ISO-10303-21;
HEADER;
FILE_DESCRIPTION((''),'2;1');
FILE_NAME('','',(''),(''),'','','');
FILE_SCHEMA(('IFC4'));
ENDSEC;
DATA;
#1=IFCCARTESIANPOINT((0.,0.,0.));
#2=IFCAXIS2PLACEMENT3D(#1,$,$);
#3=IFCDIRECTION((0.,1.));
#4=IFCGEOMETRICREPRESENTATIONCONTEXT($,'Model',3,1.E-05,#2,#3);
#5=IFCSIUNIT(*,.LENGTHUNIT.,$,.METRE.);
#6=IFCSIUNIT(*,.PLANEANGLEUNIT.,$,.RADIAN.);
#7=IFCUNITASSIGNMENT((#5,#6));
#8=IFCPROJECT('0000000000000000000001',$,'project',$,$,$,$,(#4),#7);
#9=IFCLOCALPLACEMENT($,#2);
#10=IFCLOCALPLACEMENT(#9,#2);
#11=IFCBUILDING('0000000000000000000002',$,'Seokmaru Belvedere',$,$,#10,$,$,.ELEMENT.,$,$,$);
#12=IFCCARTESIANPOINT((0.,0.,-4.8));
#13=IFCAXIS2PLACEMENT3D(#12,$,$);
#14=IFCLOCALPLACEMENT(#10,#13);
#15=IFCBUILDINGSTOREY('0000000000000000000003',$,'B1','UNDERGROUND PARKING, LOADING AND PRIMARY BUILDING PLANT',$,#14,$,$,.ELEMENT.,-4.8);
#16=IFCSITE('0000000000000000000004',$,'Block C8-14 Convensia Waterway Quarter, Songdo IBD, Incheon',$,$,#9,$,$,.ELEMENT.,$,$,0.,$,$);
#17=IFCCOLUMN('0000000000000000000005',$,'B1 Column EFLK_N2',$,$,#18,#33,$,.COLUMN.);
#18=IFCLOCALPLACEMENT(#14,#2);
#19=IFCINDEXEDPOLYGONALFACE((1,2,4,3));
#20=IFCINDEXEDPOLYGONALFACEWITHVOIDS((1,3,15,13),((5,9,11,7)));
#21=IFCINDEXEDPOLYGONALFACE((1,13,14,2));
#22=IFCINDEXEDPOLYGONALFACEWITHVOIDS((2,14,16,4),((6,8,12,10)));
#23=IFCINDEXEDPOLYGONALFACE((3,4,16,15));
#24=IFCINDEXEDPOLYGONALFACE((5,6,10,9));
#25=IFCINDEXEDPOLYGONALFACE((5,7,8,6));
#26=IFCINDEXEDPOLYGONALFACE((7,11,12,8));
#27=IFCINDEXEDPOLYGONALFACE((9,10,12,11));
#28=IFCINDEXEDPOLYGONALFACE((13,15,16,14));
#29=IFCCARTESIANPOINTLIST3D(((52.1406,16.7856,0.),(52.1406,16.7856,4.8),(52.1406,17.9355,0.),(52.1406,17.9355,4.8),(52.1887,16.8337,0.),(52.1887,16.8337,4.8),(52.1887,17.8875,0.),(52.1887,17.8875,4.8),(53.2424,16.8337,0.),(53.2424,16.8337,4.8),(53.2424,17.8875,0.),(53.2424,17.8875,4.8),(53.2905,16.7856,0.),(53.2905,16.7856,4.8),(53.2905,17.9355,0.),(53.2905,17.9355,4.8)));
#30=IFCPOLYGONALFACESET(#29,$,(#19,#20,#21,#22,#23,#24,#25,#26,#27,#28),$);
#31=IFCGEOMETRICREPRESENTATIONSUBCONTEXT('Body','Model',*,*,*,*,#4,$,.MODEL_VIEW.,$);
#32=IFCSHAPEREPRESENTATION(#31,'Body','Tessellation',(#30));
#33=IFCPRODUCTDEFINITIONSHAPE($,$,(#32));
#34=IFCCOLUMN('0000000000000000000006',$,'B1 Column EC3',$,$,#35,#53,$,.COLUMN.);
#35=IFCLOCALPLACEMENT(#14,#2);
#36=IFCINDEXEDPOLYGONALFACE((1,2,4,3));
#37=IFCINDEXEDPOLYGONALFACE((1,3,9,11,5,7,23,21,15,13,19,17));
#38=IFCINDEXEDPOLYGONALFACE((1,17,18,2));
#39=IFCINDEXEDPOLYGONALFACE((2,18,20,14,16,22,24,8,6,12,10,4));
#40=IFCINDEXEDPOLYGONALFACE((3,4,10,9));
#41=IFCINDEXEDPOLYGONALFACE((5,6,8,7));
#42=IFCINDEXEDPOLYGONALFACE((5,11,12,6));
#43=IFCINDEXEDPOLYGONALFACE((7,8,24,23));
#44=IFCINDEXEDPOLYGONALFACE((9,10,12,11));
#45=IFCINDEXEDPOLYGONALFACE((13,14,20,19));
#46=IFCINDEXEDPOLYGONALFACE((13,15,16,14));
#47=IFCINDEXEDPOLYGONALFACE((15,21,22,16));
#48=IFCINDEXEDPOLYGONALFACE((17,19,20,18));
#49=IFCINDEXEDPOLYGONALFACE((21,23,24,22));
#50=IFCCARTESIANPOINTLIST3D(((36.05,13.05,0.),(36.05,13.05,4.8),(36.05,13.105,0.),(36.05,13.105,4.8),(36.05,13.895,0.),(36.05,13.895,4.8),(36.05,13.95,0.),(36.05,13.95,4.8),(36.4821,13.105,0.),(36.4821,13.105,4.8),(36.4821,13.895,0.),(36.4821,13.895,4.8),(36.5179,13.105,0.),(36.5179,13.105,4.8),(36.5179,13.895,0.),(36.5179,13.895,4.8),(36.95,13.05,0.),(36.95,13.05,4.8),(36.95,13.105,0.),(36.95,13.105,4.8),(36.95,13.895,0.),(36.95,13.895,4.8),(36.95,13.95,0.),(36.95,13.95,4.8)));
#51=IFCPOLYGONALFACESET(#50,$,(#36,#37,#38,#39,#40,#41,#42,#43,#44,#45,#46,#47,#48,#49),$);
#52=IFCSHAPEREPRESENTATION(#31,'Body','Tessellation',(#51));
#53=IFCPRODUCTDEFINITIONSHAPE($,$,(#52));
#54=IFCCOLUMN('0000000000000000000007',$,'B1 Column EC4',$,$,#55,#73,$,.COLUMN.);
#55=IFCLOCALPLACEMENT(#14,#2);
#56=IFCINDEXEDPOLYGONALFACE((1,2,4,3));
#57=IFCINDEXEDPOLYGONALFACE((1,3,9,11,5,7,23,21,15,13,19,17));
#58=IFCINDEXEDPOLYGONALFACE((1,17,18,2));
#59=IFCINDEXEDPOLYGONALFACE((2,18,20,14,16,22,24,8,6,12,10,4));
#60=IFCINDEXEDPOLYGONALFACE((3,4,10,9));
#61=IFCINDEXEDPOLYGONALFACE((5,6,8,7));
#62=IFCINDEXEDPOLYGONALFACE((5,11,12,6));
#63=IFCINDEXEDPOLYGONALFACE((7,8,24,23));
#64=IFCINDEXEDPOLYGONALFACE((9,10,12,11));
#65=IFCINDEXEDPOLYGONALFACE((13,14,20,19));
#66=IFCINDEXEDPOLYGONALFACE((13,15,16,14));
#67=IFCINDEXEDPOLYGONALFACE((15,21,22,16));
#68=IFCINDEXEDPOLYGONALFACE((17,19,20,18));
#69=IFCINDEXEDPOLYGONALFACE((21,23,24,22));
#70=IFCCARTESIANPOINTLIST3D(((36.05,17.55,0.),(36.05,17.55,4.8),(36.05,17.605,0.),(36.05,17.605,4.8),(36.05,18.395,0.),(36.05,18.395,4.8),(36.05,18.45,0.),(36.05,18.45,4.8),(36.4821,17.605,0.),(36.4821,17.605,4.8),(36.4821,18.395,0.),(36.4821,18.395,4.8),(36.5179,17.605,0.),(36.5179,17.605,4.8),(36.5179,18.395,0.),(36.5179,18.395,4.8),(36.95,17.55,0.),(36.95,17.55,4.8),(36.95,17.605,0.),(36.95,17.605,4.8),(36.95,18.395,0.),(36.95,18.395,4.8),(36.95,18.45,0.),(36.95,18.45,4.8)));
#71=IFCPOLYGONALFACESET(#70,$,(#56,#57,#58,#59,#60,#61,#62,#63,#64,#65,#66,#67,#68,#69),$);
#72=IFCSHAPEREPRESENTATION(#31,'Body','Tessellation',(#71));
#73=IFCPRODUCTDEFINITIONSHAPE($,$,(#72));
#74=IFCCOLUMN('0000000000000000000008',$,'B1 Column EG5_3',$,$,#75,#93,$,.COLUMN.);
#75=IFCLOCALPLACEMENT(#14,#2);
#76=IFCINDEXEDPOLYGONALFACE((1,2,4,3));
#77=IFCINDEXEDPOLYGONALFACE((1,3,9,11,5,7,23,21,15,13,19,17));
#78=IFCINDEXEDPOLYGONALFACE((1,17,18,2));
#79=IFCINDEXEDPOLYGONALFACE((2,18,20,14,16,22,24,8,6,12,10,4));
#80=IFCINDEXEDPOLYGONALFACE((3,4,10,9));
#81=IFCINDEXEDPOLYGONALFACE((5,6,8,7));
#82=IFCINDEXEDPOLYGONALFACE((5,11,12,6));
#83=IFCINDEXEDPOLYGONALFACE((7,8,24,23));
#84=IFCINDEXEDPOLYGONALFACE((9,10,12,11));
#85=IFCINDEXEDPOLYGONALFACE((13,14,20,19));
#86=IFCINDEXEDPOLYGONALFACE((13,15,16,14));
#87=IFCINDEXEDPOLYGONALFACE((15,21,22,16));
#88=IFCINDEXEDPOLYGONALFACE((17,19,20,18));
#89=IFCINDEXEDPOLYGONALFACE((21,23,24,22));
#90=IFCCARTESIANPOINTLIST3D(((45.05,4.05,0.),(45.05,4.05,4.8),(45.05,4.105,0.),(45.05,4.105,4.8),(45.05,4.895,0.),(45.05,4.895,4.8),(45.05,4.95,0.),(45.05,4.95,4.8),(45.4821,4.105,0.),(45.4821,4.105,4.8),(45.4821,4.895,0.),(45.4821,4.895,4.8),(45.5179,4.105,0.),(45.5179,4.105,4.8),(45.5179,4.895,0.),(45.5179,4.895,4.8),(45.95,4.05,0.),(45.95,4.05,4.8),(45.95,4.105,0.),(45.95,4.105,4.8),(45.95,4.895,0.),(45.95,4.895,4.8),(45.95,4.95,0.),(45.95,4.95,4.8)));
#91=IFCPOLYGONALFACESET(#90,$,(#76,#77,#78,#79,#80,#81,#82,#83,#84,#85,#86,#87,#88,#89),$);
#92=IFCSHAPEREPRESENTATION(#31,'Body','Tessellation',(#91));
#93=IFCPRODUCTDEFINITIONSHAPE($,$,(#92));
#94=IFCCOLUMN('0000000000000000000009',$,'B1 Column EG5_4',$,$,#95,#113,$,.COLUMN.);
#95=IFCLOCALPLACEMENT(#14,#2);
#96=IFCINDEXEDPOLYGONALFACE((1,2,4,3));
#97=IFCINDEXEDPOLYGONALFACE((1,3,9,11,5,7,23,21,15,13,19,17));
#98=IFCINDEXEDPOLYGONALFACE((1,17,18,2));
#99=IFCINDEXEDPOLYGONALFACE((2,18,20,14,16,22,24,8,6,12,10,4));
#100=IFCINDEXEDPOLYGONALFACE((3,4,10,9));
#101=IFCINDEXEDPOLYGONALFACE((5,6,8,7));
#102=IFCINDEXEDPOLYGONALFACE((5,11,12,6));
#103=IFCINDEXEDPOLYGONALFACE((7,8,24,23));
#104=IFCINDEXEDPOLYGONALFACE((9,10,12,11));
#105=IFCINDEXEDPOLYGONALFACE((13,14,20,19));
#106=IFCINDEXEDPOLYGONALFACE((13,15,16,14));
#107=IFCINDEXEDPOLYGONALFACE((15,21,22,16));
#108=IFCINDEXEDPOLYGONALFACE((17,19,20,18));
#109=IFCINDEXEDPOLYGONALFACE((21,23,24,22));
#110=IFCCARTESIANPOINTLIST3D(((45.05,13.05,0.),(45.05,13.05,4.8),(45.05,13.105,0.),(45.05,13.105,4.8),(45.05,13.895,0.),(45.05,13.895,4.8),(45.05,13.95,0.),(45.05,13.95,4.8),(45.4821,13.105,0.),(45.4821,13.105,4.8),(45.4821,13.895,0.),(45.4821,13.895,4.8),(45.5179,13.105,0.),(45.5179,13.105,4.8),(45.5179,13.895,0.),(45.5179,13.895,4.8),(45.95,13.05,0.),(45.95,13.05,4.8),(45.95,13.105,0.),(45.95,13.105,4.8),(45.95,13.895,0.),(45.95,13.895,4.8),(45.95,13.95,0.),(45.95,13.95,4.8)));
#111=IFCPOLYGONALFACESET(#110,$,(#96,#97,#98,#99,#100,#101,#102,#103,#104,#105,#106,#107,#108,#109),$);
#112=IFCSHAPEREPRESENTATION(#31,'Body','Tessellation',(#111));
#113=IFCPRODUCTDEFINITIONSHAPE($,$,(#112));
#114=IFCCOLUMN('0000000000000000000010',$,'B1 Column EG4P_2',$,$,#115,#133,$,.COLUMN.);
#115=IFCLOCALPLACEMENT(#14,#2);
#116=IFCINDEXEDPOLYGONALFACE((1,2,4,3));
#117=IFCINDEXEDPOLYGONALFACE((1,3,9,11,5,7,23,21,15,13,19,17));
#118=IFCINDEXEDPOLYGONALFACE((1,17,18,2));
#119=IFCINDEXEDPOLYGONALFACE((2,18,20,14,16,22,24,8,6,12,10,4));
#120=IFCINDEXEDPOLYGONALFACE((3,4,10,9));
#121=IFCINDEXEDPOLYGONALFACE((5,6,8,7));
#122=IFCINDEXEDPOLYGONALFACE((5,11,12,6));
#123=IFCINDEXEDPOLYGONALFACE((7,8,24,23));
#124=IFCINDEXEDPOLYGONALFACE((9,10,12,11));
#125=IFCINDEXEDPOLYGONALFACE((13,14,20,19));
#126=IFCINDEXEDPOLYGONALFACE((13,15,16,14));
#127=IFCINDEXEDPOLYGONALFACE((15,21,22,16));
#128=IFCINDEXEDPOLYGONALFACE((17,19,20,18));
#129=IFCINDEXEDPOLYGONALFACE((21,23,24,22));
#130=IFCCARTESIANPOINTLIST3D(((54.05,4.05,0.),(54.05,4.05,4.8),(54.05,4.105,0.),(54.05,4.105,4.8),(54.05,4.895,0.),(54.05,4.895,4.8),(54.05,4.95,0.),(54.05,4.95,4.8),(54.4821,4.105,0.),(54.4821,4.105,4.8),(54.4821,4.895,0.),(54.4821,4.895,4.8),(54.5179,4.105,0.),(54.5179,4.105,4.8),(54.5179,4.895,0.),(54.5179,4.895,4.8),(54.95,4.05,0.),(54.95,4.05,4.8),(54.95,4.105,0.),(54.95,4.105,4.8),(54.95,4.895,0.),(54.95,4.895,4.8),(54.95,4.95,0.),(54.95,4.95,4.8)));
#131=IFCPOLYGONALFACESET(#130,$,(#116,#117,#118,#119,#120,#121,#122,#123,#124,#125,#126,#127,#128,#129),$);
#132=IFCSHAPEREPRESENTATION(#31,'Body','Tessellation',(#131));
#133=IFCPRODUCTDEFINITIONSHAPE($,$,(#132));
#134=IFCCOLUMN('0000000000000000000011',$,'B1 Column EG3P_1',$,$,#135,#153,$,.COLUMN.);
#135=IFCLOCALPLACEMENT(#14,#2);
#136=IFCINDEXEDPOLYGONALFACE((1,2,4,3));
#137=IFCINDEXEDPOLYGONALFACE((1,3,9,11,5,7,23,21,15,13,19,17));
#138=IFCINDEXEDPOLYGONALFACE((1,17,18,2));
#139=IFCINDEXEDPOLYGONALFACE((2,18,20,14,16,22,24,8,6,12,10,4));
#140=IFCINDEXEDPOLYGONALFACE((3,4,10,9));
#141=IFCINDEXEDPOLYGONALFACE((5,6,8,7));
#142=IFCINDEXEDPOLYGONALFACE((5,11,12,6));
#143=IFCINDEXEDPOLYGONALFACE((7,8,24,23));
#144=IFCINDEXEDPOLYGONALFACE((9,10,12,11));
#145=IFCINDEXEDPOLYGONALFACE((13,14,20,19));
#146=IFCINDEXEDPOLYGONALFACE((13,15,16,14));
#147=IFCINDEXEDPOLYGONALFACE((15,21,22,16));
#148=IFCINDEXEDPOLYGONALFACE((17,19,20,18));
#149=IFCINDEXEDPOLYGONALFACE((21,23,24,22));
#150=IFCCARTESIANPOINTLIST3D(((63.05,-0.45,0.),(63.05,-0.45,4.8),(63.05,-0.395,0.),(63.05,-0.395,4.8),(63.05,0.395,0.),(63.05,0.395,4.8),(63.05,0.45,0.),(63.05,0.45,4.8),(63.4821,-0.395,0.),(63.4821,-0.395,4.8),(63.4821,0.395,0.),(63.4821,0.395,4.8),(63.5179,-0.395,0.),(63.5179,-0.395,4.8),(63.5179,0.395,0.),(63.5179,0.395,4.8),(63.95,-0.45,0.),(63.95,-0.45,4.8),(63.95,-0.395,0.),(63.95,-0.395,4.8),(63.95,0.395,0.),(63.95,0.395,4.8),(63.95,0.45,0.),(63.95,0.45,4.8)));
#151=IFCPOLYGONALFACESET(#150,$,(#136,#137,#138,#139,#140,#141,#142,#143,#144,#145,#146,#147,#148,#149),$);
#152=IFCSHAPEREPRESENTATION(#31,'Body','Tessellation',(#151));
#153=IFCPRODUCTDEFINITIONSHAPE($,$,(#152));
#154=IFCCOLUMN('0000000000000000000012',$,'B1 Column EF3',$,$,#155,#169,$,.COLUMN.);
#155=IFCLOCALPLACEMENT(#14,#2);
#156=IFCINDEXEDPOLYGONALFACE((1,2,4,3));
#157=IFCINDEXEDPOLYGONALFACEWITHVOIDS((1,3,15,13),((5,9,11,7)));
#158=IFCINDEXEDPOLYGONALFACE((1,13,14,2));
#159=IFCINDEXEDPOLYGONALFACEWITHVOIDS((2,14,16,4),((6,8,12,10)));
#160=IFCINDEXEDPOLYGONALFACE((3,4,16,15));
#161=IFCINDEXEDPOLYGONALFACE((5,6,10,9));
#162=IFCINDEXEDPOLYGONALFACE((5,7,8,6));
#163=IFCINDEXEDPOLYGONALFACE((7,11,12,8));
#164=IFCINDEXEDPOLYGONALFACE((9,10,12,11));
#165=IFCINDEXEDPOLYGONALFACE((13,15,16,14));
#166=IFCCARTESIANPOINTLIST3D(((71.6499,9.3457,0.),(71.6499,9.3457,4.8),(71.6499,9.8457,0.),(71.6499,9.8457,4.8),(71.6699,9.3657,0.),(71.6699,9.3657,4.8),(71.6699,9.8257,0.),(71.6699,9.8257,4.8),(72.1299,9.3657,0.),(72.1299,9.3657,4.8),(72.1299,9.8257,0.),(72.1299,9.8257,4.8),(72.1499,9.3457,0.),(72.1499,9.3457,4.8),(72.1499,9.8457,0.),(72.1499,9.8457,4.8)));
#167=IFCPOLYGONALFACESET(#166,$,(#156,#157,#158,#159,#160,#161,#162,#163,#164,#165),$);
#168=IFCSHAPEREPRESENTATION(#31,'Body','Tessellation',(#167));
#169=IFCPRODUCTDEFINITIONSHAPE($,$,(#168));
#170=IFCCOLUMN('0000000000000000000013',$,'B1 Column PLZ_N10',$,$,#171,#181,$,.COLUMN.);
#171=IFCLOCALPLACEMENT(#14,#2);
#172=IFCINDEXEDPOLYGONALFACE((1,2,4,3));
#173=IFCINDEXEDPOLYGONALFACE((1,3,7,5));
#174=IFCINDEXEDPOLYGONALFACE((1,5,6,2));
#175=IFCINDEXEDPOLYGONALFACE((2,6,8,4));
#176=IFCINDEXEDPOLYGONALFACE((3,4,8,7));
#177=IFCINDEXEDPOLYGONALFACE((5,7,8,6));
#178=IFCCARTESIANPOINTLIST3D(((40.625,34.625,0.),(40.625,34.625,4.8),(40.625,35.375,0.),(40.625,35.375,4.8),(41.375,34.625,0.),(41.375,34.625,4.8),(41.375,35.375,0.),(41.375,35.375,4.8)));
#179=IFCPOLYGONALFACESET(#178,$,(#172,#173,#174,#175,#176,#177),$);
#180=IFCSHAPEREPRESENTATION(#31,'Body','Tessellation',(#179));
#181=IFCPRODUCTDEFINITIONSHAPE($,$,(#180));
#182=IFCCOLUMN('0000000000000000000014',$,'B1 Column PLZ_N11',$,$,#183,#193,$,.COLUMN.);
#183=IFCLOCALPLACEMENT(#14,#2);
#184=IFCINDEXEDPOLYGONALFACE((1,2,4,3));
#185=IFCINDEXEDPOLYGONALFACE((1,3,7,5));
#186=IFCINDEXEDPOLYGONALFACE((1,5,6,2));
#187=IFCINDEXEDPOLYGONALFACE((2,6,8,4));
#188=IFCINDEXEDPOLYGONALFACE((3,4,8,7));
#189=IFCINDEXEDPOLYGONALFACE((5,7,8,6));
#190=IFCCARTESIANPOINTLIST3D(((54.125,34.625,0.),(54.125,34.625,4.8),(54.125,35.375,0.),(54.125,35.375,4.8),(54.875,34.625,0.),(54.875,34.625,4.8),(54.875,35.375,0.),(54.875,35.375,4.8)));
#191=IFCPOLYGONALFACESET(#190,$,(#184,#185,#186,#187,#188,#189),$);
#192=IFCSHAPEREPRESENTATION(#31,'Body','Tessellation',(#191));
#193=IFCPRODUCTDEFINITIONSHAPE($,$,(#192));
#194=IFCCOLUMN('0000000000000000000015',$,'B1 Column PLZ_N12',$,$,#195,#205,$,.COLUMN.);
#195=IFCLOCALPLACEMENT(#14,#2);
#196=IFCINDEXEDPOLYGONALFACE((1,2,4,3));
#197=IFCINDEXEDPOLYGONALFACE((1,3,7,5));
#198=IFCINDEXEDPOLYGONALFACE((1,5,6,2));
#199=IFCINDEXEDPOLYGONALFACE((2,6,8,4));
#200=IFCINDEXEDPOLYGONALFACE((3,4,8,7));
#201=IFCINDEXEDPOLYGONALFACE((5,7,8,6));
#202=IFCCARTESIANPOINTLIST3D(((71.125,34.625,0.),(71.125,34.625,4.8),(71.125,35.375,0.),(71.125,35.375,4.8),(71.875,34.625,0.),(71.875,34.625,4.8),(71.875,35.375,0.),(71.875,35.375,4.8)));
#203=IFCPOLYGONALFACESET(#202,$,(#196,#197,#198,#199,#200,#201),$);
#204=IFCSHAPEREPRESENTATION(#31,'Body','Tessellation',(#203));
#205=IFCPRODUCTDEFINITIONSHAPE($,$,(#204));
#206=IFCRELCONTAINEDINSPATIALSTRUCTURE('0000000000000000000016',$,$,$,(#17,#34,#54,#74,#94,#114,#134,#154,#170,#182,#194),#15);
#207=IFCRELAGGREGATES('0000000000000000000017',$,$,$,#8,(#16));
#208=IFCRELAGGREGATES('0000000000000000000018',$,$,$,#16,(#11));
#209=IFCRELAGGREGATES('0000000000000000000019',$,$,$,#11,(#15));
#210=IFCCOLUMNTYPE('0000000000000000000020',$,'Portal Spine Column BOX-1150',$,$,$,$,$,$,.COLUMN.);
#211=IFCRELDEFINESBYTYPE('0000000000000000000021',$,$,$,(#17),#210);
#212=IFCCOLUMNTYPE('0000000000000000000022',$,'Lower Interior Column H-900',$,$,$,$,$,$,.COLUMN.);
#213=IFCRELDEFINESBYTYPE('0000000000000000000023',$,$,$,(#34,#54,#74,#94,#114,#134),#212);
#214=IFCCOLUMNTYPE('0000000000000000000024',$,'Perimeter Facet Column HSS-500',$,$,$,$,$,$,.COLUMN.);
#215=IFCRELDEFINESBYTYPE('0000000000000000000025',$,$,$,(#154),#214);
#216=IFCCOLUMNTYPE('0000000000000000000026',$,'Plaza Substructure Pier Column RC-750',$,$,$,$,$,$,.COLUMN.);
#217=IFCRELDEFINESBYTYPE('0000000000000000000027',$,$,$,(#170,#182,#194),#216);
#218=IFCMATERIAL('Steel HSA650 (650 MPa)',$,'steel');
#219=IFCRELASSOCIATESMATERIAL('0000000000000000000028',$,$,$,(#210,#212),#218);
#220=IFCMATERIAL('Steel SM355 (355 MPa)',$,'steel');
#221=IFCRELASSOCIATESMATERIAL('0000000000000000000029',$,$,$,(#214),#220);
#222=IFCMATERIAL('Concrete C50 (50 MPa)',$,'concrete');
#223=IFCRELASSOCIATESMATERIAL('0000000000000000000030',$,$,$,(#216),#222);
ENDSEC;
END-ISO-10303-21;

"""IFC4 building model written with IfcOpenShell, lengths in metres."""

from ifc_helpers import new_model, si_unit, direction, frame, origin, origin_2d, place, context, subcontext, project, spatial, rectangle, hollow_rectangle, i_section, extrude, source, transform, mapped, material, material_profile, profile_set, type_object, type_shapes, element, save


model = new_model("IFC4")

# Units and contexts
model_context = context("Model", 3, precision=1e-05, world=origin(), true_north=direction((0.0, 1.0)))
body_context = subcontext(model_context, "Body", "Model", "MODEL_VIEW")
ifc_project = project(units=[si_unit("LENGTHUNIT", "METRE"), si_unit("PLANEANGLEUNIT", "RADIAN")], contexts=[model_context])

# Site, building, storey
site_placement = place(None, origin())
site = spatial("IfcSite", under=ifc_project, at=site_placement, Name="Block C8-14 Convensia Waterway Quarter, Songdo IBD, Incheon", CompositionType="ELEMENT", RefElevation=0.0)
building_placement = place(site_placement, origin())
building = spatial("IfcBuilding", under=site, at=building_placement, Name="Seokmaru Belvedere", CompositionType="ELEMENT")
storey_placement = place(building_placement, frame((0.0, 0.0, -4.8)))
storey = spatial("IfcBuildingStorey", under=building, at=storey_placement, Name="B1", Description="UNDERGROUND PARKING, LOADING AND PRIMARY BUILDING PLANT", CompositionType="ELEMENT", Elevation=-4.8)

# Columns
ifc_material_1 = material(Name="Steel HSA650 (650 MPa)", Category="steel")
ifc_material_profile_1 = material_profile(ifc_material_1, hollow_rectangle(XDim=1.1499, YDim=1.1499, WallThickness=0.0481, at=origin_2d()), Name="BOX-1150x1150x48")
ifc_profile_set_1 = profile_set([ifc_material_profile_1], Name="Steel HSA650 (650 MPa)")
column_type_1 = type_object("IfcColumnType", Name="Portal Spine Column BOX-1150", PredefinedType="COLUMN", material=ifc_profile_set_1)
shared_shape_1 = source(origin(), body_context, "Body", "SweptSolid", [
    extrude(hollow_rectangle(XDim=1.1499, YDim=1.1499, WallThickness=0.0481, at=origin_2d()), origin(), (0.0, 0.0, 1.0), 4.8),
])
type_shapes(column_type_1, [shared_shape_1])
column_1_placement = place(storey_placement, frame((52.7156, 17.3606, 0.0), z_axis=(0.0, 0.0, 1.0), x_axis=(1.0, 0.0, 0.0)))
element("IfcColumn", 1, at=column_1_placement, inside=storey, type_object=column_type_1, Name="B1 Column EFLK_N2", PredefinedType="COLUMN", context=body_context, shape_type="MappedRepresentation", body=[
    mapped(shared_shape_1, transform((0.0, 0.0, 0.0), scale=1.0)),
])
ifc_material_profile_2 = material_profile(ifc_material_1, i_section(OverallWidth=0.8999, OverallDepth=0.8999, WebThickness=0.0359, FlangeThickness=0.0549, at=origin_2d()), Name="H-900x900x36x55")
ifc_profile_set_2 = profile_set([ifc_material_profile_2], Name="Steel HSA650 (650 MPa)")
column_type_2 = type_object("IfcColumnType", Name="Lower Interior Column H-900", PredefinedType="COLUMN", material=ifc_profile_set_2)
shared_shape_2 = source(origin(), body_context, "Body", "SweptSolid", [
    extrude(i_section(OverallWidth=0.8999, OverallDepth=0.8999, WebThickness=0.0359, FlangeThickness=0.0549, at=origin_2d()), origin(), (0.0, 0.0, 1.0), 4.8),
])
type_shapes(column_type_2, [shared_shape_2])
for number, where, z_axis, x_axis, name in (
    (2, (36.5, 13.5, 0.0), (0.0, 0.0, 1.0), (1.0, 0.0, 0.0), "B1 Column EC3"),
    (3, (36.5, 18.0, 0.0), (0.0, 0.0, 1.0), (1.0, 0.0, 0.0), "B1 Column EC4"),
    (4, (45.5, 4.5, 0.0), (0.0, 0.0, 1.0), (1.0, 0.0, 0.0), "B1 Column EG5_3"),
    (5, (45.5, 13.5, 0.0), (0.0, 0.0, 1.0), (1.0, 0.0, 0.0), "B1 Column EG5_4"),
    (6, (54.5, 4.5, 0.0), (0.0, 0.0, 1.0), (1.0, 0.0, 0.0), "B1 Column EG4P_2"),
    (7, (63.5, 0.0, 0.0), (0.0, 0.0, 1.0), (1.0, 0.0, 0.0), "B1 Column EG3P_1"),
):
    element("IfcColumn", number, at=place(storey_placement, frame(where, z_axis=z_axis, x_axis=x_axis)), inside=storey, type_object=column_type_2, Name=name, PredefinedType="COLUMN", context=body_context, shape_type="MappedRepresentation", body=[
        mapped(shared_shape_2, transform((0.0, 0.0, 0.0), scale=1.0)),
    ])
ifc_material_2 = material(Name="Steel SM355 (355 MPa)", Category="steel")
ifc_material_profile_3 = material_profile(ifc_material_2, hollow_rectangle(XDim=0.5, YDim=0.5, WallThickness=0.02, at=origin_2d()), Name="HSS-500x500x20")
ifc_profile_set_3 = profile_set([ifc_material_profile_3], Name="Steel SM355 (355 MPa)")
column_type_3 = type_object("IfcColumnType", Name="Perimeter Facet Column HSS-500", PredefinedType="COLUMN", material=ifc_profile_set_3)
shared_shape_3 = source(origin(), body_context, "Body", "SweptSolid", [
    extrude(hollow_rectangle(XDim=0.5, YDim=0.5, WallThickness=0.02, at=origin_2d()), origin(), (0.0, 0.0, 1.0), 4.8),
])
type_shapes(column_type_3, [shared_shape_3])
column_2_placement = place(storey_placement, frame((71.8999, 9.5957, 0.0), z_axis=(0.0, 0.0, 1.0), x_axis=(1.0, 0.0, 0.0)))
element("IfcColumn", 8, at=column_2_placement, inside=storey, type_object=column_type_3, Name="B1 Column EF3", PredefinedType="COLUMN", context=body_context, shape_type="MappedRepresentation", body=[
    mapped(shared_shape_3, transform((0.0, 0.0, 0.0), scale=1.0)),
])
ifc_material_3 = material(Name="Concrete C50 (50 MPa)", Category="concrete")
ifc_material_profile_4 = material_profile(ifc_material_3, rectangle(XDim=0.75, YDim=0.75, at=origin_2d()), Name="RC-750x750")
ifc_profile_set_4 = profile_set([ifc_material_profile_4], Name="Concrete C50 (50 MPa)")
column_type_4 = type_object("IfcColumnType", Name="Plaza Substructure Pier Column RC-750", PredefinedType="COLUMN", material=ifc_profile_set_4)
shared_shape_4 = source(origin(), body_context, "Body", "SweptSolid", [
    extrude(rectangle(XDim=0.75, YDim=0.75, at=origin_2d()), origin(), (0.0, 0.0, 1.0), 4.8),
])
type_shapes(column_type_4, [shared_shape_4])
for number, where, z_axis, x_axis, name in (
    (9, (41.0, 35.0, 0.0), (0.0, 0.0, 1.0), (1.0, 0.0, 0.0), "B1 Column PLZ_N10"),
    (10, (54.5, 35.0, 0.0), (0.0, 0.0, 1.0), (1.0, 0.0, 0.0), "B1 Column PLZ_N11"),
    (11, (71.5, 35.0, 0.0), (0.0, 0.0, 1.0), (1.0, 0.0, 0.0), "B1 Column PLZ_N12"),
):
    element("IfcColumn", number, at=place(storey_placement, frame(where, z_axis=z_axis, x_axis=x_axis)), inside=storey, type_object=column_type_4, Name=name, PredefinedType="COLUMN", context=body_context, shape_type="MappedRepresentation", body=[
        mapped(shared_shape_4, transform((0.0, 0.0, 0.0), scale=1.0)),
    ])

save(model, "model.ifc")
